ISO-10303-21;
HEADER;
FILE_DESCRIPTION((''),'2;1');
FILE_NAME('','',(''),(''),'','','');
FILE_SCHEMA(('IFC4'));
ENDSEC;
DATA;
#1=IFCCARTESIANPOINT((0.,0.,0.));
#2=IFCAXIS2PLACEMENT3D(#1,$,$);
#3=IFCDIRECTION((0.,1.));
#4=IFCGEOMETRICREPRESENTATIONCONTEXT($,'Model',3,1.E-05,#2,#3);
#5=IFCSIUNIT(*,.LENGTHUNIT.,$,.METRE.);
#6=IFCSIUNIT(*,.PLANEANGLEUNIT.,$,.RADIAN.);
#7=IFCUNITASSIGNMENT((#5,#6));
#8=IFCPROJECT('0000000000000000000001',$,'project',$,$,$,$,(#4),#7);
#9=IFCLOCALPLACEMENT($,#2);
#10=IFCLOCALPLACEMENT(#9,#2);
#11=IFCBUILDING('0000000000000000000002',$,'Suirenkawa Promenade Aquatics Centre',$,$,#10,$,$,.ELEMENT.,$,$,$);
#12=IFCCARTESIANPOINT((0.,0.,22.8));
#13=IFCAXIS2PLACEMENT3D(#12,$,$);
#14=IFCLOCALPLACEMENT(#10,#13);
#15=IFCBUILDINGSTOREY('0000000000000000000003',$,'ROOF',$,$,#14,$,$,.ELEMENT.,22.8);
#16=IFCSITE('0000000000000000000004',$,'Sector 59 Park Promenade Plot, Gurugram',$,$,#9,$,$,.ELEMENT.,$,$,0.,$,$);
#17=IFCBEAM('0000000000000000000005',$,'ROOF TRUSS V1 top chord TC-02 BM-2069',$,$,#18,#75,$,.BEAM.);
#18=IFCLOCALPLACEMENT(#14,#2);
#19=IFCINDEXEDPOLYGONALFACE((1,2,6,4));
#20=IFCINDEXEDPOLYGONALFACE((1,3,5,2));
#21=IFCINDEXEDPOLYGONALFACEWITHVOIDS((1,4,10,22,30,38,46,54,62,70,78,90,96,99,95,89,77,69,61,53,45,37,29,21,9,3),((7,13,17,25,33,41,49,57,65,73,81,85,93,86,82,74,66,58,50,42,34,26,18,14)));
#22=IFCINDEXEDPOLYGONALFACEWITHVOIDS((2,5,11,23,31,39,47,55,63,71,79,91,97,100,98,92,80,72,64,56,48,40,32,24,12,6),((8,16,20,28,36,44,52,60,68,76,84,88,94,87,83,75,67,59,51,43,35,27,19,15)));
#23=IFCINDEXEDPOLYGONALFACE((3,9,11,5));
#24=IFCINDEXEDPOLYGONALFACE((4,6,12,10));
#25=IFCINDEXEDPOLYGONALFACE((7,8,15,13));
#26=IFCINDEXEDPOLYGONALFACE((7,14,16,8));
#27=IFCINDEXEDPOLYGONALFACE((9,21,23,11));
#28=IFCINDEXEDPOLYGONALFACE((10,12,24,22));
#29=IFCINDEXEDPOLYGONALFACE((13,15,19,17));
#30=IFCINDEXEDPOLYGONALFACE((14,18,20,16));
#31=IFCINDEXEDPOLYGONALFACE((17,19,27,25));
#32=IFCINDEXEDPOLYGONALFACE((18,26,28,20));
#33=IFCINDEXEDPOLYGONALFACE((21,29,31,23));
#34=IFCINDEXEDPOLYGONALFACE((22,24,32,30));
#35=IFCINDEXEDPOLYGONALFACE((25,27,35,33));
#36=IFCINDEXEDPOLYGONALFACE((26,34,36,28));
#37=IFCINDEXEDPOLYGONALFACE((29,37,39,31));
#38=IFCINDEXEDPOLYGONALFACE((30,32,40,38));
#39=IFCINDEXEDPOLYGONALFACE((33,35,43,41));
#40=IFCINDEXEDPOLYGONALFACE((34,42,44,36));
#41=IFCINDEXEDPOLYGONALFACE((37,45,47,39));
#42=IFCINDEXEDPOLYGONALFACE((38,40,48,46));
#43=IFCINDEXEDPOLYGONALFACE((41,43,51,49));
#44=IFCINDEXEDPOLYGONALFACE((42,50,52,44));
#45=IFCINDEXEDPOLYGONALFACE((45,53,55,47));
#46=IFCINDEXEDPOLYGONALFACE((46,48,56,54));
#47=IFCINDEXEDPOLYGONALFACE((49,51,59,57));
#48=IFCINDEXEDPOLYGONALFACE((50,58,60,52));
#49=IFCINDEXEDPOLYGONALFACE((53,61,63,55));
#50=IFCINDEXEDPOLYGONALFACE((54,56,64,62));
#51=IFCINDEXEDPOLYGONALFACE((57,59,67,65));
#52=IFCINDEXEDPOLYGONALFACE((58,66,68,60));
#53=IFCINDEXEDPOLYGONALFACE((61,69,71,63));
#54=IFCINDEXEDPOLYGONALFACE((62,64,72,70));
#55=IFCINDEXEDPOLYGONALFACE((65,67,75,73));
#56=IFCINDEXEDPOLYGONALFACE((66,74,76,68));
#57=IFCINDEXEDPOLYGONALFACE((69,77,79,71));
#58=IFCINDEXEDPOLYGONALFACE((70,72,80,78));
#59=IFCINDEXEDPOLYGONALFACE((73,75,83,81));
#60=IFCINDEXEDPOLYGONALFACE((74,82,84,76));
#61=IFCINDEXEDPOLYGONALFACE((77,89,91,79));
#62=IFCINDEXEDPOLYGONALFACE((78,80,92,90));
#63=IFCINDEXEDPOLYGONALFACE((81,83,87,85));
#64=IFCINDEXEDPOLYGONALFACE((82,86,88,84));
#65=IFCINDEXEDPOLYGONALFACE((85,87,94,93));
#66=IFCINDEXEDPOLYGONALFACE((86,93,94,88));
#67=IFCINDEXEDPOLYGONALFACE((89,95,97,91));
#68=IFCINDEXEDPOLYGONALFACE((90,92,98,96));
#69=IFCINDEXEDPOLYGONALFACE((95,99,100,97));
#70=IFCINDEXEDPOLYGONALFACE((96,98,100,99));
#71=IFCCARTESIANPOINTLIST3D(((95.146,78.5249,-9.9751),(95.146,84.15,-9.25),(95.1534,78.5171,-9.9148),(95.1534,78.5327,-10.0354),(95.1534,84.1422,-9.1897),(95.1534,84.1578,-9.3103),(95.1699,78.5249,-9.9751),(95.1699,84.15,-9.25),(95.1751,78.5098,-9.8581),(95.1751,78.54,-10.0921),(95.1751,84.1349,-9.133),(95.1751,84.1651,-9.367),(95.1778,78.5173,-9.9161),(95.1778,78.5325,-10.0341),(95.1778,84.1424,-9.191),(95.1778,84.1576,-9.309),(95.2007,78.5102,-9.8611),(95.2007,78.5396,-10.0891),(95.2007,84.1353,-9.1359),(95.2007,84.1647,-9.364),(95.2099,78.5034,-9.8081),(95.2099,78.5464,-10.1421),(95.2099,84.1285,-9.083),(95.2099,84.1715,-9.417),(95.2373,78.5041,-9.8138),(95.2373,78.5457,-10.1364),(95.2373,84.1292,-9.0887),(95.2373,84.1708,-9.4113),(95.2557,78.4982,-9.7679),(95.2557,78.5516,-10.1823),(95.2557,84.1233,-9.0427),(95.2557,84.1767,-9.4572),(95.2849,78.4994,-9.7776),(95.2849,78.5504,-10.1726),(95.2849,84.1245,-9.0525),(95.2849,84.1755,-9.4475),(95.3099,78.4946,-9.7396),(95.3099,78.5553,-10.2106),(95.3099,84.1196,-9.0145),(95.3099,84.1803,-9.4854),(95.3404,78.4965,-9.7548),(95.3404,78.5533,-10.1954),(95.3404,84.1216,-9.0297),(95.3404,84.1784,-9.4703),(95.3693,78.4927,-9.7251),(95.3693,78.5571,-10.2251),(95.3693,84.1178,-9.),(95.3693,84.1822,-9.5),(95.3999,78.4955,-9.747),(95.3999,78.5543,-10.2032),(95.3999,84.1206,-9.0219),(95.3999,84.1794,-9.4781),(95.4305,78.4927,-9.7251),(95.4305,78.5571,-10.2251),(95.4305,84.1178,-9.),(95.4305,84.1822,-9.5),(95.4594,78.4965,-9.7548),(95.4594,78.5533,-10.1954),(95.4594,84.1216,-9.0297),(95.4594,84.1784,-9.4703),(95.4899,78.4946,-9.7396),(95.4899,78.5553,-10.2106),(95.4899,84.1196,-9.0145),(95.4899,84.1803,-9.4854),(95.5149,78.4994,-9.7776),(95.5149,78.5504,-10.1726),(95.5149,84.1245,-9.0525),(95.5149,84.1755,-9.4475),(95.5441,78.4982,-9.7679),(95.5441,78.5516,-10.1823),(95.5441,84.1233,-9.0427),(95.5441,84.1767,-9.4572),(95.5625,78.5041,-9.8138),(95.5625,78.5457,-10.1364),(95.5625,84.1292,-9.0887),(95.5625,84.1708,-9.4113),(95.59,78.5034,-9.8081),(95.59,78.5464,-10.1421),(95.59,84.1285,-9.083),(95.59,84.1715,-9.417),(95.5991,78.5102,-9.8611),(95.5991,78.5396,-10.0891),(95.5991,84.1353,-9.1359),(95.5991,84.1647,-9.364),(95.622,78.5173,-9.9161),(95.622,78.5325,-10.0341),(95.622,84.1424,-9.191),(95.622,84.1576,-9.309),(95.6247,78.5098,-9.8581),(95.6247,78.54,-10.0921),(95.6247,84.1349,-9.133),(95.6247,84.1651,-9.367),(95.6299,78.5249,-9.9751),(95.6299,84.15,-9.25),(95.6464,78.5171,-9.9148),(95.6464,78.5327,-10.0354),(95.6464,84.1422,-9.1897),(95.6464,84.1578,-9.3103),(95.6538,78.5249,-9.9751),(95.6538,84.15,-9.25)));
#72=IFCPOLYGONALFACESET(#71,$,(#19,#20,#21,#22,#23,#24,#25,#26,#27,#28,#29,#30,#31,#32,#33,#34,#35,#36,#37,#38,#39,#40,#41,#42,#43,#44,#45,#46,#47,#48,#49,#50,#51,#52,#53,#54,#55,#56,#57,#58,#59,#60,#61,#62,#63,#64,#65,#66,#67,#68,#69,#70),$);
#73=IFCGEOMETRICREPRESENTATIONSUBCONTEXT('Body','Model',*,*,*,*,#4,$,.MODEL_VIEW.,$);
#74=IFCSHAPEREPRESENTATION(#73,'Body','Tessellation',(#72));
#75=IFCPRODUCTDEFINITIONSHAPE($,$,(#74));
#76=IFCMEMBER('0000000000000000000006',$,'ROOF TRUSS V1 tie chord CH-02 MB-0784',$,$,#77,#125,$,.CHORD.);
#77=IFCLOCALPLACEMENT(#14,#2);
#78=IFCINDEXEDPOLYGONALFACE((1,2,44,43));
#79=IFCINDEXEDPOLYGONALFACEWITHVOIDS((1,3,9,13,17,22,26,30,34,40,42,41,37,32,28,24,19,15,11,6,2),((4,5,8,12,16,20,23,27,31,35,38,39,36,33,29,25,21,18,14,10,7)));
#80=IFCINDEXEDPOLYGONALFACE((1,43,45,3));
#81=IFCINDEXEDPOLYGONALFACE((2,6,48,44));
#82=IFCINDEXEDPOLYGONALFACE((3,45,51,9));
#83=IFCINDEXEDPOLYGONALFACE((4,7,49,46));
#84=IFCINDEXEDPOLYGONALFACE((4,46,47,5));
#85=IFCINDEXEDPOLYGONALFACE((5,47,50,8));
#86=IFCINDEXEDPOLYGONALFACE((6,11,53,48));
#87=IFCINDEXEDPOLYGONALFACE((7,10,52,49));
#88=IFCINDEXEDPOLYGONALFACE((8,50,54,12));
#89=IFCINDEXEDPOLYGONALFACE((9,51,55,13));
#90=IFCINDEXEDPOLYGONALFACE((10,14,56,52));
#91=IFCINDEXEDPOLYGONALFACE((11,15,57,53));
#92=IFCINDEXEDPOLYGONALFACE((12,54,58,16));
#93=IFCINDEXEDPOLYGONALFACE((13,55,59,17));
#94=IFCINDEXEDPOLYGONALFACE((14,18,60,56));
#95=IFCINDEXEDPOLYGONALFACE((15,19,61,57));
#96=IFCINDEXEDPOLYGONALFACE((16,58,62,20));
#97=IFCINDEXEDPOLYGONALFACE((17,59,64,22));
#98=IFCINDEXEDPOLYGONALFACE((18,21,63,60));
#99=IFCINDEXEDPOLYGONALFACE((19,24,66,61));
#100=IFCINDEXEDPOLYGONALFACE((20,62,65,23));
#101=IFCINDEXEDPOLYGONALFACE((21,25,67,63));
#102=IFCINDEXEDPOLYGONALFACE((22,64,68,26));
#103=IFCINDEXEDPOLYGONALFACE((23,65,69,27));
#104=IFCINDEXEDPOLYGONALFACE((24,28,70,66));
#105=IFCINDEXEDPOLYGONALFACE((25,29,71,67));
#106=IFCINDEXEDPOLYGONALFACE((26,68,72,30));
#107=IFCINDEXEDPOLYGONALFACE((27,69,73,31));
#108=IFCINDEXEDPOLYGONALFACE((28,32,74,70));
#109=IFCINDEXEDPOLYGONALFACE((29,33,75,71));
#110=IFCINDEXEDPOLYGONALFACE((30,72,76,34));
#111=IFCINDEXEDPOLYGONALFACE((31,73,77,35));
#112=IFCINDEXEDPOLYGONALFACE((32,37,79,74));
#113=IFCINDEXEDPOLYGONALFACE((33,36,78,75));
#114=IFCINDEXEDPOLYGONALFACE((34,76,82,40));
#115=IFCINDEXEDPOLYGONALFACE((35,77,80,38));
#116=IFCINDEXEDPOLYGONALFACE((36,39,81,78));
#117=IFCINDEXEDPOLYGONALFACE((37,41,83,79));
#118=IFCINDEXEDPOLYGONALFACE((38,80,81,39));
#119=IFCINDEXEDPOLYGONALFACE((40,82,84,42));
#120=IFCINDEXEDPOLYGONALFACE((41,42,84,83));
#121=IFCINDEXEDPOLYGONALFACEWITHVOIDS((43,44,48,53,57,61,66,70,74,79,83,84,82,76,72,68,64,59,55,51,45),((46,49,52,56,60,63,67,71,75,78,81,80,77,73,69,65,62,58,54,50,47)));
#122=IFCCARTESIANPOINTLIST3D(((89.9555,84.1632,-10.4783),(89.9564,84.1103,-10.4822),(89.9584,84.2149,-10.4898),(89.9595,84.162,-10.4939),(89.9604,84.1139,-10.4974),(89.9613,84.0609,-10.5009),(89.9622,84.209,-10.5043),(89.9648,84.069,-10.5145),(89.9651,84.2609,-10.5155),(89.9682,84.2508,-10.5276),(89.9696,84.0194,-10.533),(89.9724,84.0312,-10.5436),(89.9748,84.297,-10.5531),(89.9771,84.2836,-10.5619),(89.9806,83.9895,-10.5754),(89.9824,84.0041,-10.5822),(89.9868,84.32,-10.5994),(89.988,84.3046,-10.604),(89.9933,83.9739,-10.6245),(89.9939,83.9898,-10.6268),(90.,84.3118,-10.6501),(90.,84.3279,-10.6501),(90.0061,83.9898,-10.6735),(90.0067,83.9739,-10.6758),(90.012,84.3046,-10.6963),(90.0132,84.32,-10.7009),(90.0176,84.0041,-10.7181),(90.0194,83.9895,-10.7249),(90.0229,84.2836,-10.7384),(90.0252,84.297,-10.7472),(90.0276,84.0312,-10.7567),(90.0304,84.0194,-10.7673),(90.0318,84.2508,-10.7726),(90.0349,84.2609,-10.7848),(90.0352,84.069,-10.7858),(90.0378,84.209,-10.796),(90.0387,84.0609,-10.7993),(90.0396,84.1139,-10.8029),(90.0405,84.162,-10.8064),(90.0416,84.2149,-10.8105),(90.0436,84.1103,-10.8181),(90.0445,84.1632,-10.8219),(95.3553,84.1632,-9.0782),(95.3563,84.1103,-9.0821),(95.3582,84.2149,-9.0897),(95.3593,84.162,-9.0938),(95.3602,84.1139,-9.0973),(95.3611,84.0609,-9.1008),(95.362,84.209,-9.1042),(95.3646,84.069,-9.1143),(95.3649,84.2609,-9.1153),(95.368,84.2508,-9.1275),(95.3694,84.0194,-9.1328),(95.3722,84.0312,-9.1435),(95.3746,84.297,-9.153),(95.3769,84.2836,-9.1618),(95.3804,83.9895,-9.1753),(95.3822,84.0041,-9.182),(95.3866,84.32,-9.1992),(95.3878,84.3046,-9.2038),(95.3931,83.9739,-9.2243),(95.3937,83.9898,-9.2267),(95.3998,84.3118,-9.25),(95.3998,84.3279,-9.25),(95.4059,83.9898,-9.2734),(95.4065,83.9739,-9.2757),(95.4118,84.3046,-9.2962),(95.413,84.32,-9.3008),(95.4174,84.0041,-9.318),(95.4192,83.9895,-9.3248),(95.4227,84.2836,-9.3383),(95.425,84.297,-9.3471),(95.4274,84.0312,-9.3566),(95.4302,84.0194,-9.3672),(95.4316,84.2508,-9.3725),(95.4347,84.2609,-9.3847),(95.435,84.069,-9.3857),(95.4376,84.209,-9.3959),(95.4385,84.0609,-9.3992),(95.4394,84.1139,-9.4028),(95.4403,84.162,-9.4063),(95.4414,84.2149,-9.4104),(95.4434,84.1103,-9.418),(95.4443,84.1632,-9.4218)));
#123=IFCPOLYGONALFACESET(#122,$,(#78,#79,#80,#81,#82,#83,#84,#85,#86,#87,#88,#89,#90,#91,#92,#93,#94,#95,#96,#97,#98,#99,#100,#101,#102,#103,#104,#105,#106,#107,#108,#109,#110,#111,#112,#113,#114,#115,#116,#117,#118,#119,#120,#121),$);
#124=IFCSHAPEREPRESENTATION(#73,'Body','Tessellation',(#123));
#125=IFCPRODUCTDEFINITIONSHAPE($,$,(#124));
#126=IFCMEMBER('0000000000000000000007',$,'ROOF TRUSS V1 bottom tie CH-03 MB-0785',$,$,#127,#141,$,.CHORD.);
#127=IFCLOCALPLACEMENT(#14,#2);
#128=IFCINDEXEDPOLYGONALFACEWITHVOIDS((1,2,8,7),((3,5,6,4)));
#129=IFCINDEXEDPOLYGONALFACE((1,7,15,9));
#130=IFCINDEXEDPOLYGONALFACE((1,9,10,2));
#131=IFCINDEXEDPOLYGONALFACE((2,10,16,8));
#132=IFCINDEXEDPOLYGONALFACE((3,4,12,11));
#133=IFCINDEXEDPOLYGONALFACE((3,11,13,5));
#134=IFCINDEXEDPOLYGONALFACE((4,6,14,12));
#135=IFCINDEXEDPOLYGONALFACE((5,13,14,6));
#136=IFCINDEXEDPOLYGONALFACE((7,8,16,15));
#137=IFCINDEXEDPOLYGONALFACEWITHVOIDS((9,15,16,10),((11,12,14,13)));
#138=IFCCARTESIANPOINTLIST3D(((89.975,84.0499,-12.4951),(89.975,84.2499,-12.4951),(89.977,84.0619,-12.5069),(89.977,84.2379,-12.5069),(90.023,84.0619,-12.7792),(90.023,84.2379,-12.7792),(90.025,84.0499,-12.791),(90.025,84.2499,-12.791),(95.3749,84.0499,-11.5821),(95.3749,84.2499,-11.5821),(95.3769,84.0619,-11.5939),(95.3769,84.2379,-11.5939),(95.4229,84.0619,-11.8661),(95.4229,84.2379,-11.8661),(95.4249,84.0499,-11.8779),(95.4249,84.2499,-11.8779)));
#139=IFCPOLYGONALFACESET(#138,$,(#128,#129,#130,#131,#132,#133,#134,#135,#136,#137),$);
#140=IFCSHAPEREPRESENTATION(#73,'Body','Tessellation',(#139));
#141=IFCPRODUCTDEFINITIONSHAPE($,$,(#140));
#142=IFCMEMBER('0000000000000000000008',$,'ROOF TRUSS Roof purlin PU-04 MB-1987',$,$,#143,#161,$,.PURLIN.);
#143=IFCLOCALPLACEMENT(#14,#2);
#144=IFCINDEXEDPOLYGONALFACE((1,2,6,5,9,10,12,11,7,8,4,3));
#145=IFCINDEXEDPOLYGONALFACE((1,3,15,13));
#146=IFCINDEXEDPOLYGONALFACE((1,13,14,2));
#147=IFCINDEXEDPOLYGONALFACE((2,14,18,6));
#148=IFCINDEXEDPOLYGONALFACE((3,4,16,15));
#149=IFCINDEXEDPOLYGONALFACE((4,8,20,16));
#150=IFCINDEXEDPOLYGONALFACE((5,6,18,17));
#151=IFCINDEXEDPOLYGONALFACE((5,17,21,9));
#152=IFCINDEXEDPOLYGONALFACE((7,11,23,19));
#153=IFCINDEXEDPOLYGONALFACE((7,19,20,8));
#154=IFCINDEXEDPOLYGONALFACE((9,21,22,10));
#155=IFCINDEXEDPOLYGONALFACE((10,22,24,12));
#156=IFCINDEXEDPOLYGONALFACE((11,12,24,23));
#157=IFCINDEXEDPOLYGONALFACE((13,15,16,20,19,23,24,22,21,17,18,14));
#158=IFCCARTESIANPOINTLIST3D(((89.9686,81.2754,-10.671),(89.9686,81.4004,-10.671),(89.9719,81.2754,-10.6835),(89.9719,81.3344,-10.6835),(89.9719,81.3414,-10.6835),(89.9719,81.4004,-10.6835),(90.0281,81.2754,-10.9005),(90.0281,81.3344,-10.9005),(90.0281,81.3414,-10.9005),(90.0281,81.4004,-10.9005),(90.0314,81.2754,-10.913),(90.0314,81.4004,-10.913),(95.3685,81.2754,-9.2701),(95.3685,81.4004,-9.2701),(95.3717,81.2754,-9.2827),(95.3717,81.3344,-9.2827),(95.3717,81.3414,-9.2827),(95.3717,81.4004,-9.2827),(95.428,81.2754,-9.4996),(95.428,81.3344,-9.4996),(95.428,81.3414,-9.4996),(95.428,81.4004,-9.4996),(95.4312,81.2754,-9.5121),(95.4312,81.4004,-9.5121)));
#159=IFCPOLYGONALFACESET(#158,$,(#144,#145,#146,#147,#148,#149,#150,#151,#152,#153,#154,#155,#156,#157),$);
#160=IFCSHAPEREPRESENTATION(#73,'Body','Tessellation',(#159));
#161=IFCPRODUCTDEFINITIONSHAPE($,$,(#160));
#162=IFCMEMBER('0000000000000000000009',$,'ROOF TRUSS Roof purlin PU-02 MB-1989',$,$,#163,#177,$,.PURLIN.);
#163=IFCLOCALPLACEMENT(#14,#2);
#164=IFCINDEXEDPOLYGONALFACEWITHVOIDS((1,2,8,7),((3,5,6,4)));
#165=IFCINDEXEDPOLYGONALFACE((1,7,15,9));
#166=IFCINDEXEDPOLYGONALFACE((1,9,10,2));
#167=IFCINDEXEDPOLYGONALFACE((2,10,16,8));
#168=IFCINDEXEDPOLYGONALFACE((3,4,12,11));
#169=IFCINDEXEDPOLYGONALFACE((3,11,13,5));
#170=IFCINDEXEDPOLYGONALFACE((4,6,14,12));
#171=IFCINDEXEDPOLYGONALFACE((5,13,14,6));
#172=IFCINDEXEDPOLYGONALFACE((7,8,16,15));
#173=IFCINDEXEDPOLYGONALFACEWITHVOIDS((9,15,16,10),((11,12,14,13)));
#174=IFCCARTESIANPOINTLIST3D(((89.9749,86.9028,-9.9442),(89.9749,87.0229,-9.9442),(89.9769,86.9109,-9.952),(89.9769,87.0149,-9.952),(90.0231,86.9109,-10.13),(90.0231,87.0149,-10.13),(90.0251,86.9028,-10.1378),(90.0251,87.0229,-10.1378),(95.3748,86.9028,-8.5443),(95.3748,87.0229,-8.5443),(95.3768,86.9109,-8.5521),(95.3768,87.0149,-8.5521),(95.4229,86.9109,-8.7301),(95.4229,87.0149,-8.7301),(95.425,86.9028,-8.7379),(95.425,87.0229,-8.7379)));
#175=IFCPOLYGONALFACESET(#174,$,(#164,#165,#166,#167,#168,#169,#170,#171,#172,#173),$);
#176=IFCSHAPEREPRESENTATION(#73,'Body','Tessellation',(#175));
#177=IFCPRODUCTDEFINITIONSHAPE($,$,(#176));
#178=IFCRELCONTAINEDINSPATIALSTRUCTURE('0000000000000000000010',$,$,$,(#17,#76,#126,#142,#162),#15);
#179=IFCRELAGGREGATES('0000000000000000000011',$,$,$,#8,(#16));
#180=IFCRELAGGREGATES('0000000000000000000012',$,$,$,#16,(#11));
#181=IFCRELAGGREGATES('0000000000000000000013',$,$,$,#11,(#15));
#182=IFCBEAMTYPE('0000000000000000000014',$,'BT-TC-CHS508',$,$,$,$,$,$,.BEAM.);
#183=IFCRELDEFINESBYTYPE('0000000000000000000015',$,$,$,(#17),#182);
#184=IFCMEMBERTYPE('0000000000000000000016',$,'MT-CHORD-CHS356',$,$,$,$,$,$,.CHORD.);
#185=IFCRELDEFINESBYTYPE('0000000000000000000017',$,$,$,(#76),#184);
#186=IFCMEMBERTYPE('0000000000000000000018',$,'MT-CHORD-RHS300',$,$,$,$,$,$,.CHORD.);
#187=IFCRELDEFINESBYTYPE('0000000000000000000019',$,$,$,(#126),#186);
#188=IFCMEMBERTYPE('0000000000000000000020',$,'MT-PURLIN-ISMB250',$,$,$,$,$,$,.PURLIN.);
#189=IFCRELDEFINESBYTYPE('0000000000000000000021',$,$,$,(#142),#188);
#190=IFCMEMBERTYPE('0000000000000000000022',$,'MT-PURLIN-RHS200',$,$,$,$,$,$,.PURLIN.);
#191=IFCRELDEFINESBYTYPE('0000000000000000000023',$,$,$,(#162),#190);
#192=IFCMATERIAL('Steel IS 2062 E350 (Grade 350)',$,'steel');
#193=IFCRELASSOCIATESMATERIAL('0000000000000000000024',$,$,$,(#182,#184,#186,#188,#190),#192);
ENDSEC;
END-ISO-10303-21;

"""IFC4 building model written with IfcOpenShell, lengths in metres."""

from ifc_helpers import new_model, si_unit, direction, frame, origin, origin_2d, place, context, subcontext, project, spatial, hollow_rectangle, hollow_circle, i_section, extrude, material, material_profile, profile_set, type_object, element, save


model = new_model("IFC4")

# Units and contexts
model_context = context("Model", 3, precision=1e-05, world=origin(), true_north=direction((0.0, 1.0)))
body_context = subcontext(model_context, "Body", "Model", "MODEL_VIEW")
ifc_project = project(units=[si_unit("LENGTHUNIT", "METRE"), si_unit("PLANEANGLEUNIT", "RADIAN")], contexts=[model_context])

# Site, building, storey
site_placement = place(None, origin())
site = spatial("IfcSite", under=ifc_project, at=site_placement, Name="Sector 59 Park Promenade Plot, Gurugram", CompositionType="ELEMENT", RefElevation=0.0)
building_placement = place(site_placement, origin())
building = spatial("IfcBuilding", under=site, at=building_placement, Name="Suirenkawa Promenade Aquatics Centre", CompositionType="ELEMENT")
storey_placement = place(building_placement, frame((0.0, 0.0, 22.8)))
storey = spatial("IfcBuildingStorey", under=building, at=storey_placement, Name="ROOF", CompositionType="ELEMENT", Elevation=22.8)

# Beam
ifc_material = material(Name="Steel IS 2062 E350 (Grade 350)", Category="steel")
ifc_material_profile_1 = material_profile(ifc_material, hollow_circle(Radius=0.2539, WallThickness=0.0239, at=origin_2d()), Name="CHS 508x24", Category="steel")
ifc_profile_set_1 = profile_set([ifc_material_profile_1], Name="Steel IS 2062 E350 (Grade 350)")
beam_type_1 = type_object("IfcBeamType", Name="BT-TC-CHS508", PredefinedType="BEAM", material=ifc_profile_set_1)
for number, where, z_axis, x_axis, name in (
    (1, (95.3999, 78.5249, -9.9751), (0.0, 0.991794, 0.127848), (-1.0, 0.0, 0.0), "ROOF TRUSS V1 top chord TC-02 BM-2069"),
):
    element("IfcBeam", number, at=place(storey_placement, frame(where, z_axis=z_axis, x_axis=x_axis)), inside=storey, type_object=beam_type_1, Name=name, PredefinedType="BEAM", context=body_context, shape_type="SweptSolid", body=[
        extrude(hollow_circle(Radius=0.2539, WallThickness=0.0239, at=origin_2d()), origin(), (0.0, 0.0, 1.0), 5.6716),
    ])

# Members
ifc_material_profile_2 = material_profile(ifc_material, hollow_circle(Radius=0.178, WallThickness=0.0161, at=origin_2d()), Name="CHS 356x16", Category="steel")
ifc_profile_set_2 = profile_set([ifc_material_profile_2], Name="Steel IS 2062 E350 (Grade 350)")
member_type_1 = type_object("IfcMemberType", Name="MT-CHORD-CHS356", PredefinedType="CHORD", material=ifc_profile_set_2)
member_1_placement = place(storey_placement, frame((90.0, 84.1499, -10.6501), z_axis=(0.967989, 0.0, 0.250991), x_axis=(0.0, 1.0, 0.0)))
element("IfcMember", 2, at=member_1_placement, inside=storey, type_object=member_type_1, Name="ROOF TRUSS V1 tie chord CH-02 MB-0784", PredefinedType="CHORD", context=body_context, shape_type="SweptSolid", body=[
    extrude(hollow_circle(Radius=0.178, WallThickness=0.0161, at=origin_2d()), origin(), (0.0, 0.0, 1.0), 5.5784),
])
ifc_material_profile_3 = material_profile(ifc_material, hollow_rectangle(XDim=0.2, YDim=0.3, WallThickness=0.012, at=origin_2d()), Name="RHS 300x200x12", Category="steel")
ifc_profile_set_3 = profile_set([ifc_material_profile_3], Name="Steel IS 2062 E350 (Grade 350)")
member_type_2 = type_object("IfcMemberType", Name="MT-CHORD-RHS300", PredefinedType="CHORD", material=ifc_profile_set_3)
member_2_placement = place(storey_placement, frame((90.0, 84.1499, -12.6431), z_axis=(0.986003, 0.0, 0.166726), x_axis=(0.0, 1.0, 0.0)))
element("IfcMember", 3, at=member_2_placement, inside=storey, type_object=member_type_2, Name="ROOF TRUSS V1 bottom tie CH-03 MB-0785", PredefinedType="CHORD", context=body_context, shape_type="SweptSolid", body=[
    extrude(hollow_rectangle(XDim=0.2, YDim=0.3, WallThickness=0.012, at=origin_2d()), origin(), (0.0, 0.0, 1.0), 5.4766),
])
ifc_material_profile_4 = material_profile(ifc_material, i_section(OverallWidth=0.125, OverallDepth=0.25, WebThickness=0.0071, FlangeThickness=0.0129, at=origin_2d()), Name="ISMB 250", Category="steel")
ifc_profile_set_4 = profile_set([ifc_material_profile_4], Name="Steel IS 2062 E350 (Grade 350)")
member_type_3 = type_object("IfcMemberType", Name="MT-PURLIN-ISMB250", PredefinedType="PURLIN", material=ifc_profile_set_4)
member_3_placement = place(storey_placement, frame((90.0, 81.3379, -10.792), z_axis=(0.967958, 0.0, 0.251114), x_axis=(0.0, 1.0, 0.0)))
element("IfcMember", 4, at=member_3_placement, inside=storey, type_object=member_type_3, Name="ROOF TRUSS Roof purlin PU-04 MB-1987", PredefinedType="PURLIN", context=body_context, shape_type="SweptSolid", body=[
    extrude(i_section(OverallWidth=0.125, OverallDepth=0.25, WebThickness=0.0071, FlangeThickness=0.0129, at=origin_2d()), origin(), (0.0, 0.0, 1.0), 5.5786),
])
ifc_material_profile_5 = material_profile(ifc_material, hollow_rectangle(XDim=0.1201, YDim=0.2, WallThickness=0.0081, at=origin_2d()), Name="RHS 200x120x8", Category="steel")
ifc_profile_set_5 = profile_set([ifc_material_profile_5], Name="Steel IS 2062 E350 (Grade 350)")
member_type_4 = type_object("IfcMemberType", Name="MT-PURLIN-RHS200", PredefinedType="PURLIN", material=ifc_profile_set_5)
member_4_placement = place(storey_placement, frame((90.0, 86.9629, -10.041), z_axis=(0.968, 0.0, 0.25095), x_axis=(0.0, 1.0, 0.0)))
element("IfcMember", 5, at=member_4_placement, inside=storey, type_object=member_type_4, Name="ROOF TRUSS Roof purlin PU-02 MB-1989", PredefinedType="PURLIN", context=body_context, shape_type="SweptSolid", body=[
    extrude(hollow_rectangle(XDim=0.1201, YDim=0.2, WallThickness=0.0081, at=origin_2d()), origin(), (0.0, 0.0, 1.0), 5.5784),
])

save(model, "model.ifc")
